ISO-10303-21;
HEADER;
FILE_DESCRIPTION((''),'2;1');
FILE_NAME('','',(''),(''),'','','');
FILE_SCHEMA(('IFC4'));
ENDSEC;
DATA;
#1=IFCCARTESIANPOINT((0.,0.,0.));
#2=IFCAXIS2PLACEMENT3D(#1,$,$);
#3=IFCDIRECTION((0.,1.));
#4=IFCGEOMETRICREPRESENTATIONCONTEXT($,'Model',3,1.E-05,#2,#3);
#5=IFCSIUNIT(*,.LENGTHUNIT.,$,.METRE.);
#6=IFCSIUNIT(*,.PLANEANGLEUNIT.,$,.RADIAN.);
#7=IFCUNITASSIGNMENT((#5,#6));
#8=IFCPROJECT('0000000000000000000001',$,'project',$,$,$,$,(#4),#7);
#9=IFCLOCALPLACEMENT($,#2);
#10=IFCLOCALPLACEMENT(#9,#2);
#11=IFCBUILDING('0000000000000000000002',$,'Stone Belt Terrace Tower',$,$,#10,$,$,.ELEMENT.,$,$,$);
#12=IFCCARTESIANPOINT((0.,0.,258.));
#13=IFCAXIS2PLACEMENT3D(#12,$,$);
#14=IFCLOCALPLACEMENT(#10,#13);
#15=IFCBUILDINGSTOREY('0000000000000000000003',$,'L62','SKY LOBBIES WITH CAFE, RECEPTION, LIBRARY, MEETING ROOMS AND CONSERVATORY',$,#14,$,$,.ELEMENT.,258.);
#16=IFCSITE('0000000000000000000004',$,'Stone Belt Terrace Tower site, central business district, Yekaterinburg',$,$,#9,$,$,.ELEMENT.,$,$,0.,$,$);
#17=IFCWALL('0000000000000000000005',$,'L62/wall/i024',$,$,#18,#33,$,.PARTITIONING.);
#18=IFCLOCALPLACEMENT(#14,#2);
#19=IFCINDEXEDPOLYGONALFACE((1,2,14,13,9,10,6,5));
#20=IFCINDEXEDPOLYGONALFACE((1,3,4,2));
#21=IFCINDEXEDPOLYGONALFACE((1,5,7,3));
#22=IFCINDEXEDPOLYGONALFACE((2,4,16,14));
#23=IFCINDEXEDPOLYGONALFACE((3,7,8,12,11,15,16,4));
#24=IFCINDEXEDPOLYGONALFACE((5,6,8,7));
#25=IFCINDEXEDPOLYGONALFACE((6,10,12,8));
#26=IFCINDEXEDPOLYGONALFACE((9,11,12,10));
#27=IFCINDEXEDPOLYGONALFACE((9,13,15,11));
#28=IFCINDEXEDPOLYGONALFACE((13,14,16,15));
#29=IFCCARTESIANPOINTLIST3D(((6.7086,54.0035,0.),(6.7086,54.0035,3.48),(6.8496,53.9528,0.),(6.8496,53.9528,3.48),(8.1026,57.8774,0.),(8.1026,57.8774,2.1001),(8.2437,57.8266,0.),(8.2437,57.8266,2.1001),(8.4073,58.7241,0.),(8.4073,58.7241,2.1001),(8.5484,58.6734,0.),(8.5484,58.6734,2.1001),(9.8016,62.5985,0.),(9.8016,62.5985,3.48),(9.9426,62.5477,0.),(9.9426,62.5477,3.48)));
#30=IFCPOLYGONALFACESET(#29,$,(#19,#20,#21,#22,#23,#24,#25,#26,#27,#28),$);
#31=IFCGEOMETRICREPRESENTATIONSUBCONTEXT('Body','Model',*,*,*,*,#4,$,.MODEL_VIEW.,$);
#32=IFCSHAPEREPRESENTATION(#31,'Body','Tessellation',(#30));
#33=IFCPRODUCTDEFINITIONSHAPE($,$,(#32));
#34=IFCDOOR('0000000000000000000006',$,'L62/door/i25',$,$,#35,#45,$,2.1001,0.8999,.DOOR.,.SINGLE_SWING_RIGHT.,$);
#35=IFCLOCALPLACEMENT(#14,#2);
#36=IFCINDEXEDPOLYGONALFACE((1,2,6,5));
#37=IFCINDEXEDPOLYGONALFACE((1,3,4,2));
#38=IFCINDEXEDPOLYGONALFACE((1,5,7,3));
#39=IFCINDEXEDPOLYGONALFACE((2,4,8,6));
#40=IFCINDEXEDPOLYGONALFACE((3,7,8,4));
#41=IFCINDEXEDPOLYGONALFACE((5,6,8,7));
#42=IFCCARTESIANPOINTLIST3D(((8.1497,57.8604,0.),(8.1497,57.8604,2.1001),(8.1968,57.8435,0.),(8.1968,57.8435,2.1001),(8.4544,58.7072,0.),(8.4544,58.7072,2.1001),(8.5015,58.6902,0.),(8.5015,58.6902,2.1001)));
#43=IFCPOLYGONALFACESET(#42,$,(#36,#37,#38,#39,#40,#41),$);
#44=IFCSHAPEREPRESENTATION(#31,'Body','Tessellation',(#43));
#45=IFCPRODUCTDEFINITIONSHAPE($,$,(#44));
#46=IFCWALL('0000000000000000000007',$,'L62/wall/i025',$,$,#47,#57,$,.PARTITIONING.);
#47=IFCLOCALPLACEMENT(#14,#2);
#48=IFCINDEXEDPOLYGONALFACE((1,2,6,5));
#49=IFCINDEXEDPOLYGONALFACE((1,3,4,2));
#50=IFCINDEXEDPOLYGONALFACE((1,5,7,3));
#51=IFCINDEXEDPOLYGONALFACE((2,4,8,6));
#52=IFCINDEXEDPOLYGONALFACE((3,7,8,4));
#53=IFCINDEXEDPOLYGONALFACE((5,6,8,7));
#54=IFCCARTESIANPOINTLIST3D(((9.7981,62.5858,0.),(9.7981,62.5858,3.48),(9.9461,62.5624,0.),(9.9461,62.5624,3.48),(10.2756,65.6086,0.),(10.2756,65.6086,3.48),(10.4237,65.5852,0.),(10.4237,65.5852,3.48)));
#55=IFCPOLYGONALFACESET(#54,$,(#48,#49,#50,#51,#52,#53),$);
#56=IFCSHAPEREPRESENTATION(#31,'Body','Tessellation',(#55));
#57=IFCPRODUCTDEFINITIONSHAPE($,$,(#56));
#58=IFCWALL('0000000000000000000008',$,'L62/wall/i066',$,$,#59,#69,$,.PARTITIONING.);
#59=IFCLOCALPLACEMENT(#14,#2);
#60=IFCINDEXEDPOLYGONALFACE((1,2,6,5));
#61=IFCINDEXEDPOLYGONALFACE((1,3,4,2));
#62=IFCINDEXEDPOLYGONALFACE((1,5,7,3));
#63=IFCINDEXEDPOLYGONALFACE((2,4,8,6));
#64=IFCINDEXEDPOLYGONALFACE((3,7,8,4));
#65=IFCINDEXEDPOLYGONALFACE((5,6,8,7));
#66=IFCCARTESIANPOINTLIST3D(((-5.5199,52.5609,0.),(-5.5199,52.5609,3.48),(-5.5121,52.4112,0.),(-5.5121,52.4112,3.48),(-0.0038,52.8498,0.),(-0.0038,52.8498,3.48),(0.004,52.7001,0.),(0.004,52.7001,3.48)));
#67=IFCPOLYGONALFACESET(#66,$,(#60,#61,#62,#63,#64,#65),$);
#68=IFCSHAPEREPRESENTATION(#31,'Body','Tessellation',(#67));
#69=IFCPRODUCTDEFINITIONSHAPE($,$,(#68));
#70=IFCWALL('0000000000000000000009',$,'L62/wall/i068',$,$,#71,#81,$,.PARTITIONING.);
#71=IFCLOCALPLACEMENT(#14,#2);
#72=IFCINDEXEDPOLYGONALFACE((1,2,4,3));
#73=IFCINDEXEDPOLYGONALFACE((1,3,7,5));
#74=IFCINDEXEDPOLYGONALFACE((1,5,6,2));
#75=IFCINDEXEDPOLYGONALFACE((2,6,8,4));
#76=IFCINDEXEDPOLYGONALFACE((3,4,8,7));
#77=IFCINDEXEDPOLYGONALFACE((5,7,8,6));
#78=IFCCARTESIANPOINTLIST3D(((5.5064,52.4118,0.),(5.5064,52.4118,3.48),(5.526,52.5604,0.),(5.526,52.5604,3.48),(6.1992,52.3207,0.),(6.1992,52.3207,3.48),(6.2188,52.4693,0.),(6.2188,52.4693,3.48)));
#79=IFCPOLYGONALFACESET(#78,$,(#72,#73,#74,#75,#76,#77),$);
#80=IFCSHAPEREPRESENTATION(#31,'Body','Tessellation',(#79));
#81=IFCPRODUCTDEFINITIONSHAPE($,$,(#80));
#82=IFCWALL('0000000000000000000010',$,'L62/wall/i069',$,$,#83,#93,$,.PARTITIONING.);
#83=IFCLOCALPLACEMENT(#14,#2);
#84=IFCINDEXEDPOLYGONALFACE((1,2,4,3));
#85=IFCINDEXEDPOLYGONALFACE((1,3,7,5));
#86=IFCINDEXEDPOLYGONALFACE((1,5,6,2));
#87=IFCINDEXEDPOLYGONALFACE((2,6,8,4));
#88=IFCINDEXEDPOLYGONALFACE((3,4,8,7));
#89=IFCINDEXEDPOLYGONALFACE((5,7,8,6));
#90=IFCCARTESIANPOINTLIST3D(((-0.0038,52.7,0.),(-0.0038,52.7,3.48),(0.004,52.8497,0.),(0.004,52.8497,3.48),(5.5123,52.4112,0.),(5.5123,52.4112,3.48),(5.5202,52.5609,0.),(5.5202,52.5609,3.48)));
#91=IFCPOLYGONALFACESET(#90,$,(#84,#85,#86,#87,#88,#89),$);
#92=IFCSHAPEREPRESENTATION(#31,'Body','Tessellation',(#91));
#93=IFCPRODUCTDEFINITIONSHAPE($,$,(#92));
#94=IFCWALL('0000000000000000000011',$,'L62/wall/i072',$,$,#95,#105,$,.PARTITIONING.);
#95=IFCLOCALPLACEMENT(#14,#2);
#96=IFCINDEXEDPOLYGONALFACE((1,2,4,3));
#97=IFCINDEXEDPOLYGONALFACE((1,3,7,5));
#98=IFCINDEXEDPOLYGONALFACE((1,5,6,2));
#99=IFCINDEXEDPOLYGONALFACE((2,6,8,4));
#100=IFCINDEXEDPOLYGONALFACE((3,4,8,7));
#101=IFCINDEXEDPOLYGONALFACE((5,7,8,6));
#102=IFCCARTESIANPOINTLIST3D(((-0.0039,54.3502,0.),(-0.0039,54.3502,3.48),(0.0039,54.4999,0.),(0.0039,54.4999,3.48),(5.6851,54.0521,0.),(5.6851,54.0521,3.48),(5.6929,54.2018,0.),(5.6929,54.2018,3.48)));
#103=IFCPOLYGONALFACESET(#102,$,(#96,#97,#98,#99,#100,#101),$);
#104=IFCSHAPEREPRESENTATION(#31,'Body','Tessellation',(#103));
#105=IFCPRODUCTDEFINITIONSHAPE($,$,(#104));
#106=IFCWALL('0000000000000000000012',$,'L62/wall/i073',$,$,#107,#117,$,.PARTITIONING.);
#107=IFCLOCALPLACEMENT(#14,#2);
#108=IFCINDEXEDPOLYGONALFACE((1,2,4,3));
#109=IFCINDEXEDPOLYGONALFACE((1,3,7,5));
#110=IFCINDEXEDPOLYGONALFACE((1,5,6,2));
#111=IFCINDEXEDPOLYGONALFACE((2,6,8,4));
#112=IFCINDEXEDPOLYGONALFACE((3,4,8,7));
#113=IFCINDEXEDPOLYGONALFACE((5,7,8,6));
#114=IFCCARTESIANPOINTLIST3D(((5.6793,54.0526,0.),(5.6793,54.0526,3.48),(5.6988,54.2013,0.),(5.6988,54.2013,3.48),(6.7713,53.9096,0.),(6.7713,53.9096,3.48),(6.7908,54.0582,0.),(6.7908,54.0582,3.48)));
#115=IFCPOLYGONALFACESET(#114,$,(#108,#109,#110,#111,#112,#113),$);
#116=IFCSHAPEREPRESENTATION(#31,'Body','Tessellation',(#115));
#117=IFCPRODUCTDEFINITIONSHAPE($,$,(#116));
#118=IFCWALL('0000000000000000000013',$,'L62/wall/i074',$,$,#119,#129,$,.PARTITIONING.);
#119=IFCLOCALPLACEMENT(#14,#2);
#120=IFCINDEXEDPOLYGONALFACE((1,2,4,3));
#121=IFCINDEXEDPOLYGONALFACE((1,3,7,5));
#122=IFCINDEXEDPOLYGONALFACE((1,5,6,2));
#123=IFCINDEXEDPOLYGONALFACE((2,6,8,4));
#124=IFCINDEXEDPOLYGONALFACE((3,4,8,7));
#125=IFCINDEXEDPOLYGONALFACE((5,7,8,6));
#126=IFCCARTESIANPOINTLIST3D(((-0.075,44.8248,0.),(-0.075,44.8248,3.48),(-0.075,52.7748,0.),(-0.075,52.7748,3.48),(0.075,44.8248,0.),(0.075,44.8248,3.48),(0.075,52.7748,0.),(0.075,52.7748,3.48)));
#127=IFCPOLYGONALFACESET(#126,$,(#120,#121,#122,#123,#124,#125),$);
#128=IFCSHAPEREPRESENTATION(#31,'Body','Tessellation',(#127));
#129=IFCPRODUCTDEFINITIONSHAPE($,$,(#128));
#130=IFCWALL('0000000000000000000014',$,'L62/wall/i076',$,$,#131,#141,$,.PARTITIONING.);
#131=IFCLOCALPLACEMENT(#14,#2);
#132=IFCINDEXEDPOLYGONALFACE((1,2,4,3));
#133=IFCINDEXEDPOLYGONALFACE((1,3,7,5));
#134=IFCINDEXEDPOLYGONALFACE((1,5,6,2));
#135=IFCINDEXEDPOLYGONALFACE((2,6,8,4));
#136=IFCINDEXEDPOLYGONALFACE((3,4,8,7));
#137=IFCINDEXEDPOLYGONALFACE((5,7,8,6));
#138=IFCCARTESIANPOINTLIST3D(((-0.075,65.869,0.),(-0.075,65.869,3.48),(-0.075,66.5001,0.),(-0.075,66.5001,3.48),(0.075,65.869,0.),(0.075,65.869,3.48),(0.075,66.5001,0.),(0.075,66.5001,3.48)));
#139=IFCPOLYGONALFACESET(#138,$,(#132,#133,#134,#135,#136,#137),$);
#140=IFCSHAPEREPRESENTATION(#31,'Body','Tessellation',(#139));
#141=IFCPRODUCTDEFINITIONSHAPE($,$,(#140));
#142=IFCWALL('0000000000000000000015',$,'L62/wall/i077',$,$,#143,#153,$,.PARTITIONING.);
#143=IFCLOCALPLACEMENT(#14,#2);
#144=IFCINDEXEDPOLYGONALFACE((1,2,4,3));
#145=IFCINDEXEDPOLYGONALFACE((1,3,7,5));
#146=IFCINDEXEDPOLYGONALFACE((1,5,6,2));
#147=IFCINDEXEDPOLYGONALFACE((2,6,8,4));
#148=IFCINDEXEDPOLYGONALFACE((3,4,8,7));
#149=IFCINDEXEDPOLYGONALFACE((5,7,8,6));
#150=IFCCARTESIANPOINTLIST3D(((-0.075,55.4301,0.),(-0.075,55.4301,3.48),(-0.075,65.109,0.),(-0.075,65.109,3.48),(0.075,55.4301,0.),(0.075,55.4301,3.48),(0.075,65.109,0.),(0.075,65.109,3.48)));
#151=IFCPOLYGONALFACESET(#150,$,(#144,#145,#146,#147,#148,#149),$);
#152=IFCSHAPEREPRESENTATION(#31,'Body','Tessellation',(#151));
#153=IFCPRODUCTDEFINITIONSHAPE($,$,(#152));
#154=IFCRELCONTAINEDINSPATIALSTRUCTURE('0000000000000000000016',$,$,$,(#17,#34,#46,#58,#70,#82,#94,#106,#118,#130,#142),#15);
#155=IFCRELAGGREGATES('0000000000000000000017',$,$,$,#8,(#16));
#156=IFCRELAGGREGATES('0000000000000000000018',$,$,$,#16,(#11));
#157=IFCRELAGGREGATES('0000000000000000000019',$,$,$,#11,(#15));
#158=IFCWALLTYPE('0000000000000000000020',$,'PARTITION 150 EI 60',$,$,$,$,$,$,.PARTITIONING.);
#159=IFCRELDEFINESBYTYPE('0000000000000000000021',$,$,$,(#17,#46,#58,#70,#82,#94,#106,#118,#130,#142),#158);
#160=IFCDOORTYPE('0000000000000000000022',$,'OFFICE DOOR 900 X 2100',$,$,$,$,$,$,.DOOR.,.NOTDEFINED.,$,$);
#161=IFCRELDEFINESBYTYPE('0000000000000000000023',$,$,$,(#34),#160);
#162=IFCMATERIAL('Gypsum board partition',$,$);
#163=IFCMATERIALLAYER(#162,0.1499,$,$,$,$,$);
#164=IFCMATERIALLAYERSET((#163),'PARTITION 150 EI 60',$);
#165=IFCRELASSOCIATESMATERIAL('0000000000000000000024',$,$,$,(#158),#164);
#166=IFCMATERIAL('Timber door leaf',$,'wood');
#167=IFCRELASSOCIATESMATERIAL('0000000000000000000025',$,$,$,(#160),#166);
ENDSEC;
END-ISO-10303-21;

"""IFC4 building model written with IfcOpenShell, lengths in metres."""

from ifc_helpers import new_model, si_unit, direction, frame, frame_2d, origin, place, context, subcontext, project, spatial, rectangle, extrude, material, layer, layer_set, type_object, element, fill, save


model = new_model("IFC4")

# Units and contexts
model_context = context("Model", 3, precision=1e-05, world=origin(), true_north=direction((0.0, 1.0)))
body_context = subcontext(model_context, "Body", "Model", "MODEL_VIEW")
ifc_project = project(units=[si_unit("LENGTHUNIT", "METRE"), si_unit("PLANEANGLEUNIT", "RADIAN")], contexts=[model_context])

# Site, building, storey
site_placement = place(None, origin())
site = spatial("IfcSite", under=ifc_project, at=site_placement, Name="Stone Belt Terrace Tower site, central business district, Yekaterinburg", CompositionType="ELEMENT", RefElevation=0.0)
building_placement = place(site_placement, origin())
building = spatial("IfcBuilding", under=site, at=building_placement, Name="Stone Belt Terrace Tower", CompositionType="ELEMENT")
storey_placement = place(building_placement, frame((0.0, 0.0, 258.0)))
storey = spatial("IfcBuildingStorey", under=building, at=storey_placement, Name="L62", Description="SKY LOBBIES WITH CAFE, RECEPTION, LIBRARY, MEETING ROOMS AND CONSERVATORY", CompositionType="ELEMENT", Elevation=258.0)

# Wall, opening, door
ifc_material_1 = material(Name="Gypsum board partition")
ifc_layer_1 = layer(ifc_material_1, 0.1499)
ifc_layer_set_1 = layer_set([ifc_layer_1], Name="PARTITION 150 EI 60")
wall_type = type_object("IfcWallType", Name="PARTITION 150 EI 60", PredefinedType="PARTITIONING", material=ifc_layer_set_1)
wall_1_placement = place(storey_placement, frame((6.7791, 53.978, 0.0), z_axis=(0.0, 0.0, 1.0), x_axis=(0.338606, 0.940928, 0.0)))
wall_1 = element("IfcWall", 1, at=wall_1_placement, inside=storey, type_object=wall_type, Name="L62/wall/i024", PredefinedType="PARTITIONING", context=body_context, shape_type="SweptSolid", body=[
    extrude(rectangle(XDim=9.1345, YDim=0.1499, at=frame_2d((4.5674, 0.0))), origin(), (0.0, 0.0, 1.0), 3.48),
])
opening_placement = place(wall_1_placement, frame((4.1172, 0.0, 0.0)))
opening = element("IfcOpeningElement", 2, at=opening_placement, cuts=wall_1, PredefinedType="OPENING", context=body_context, shape_type="SweptSolid", body=[
    extrude(rectangle(XDim=0.8999, YDim=2.1001, at=frame_2d((0.45, 1.05))), frame((0.0, 0.085, 0.0), z_axis=(0.0, -1.0, 0.0), x_axis=(1.0, 0.0, 0.0)), (0.0, 0.0, 1.0), 0.1699),
])
ifc_material_2 = material(Name="Timber door leaf", Category="wood")
door_type = type_object("IfcDoorType", Name="OFFICE DOOR 900 X 2100", OperationType="NOTDEFINED", PredefinedType="DOOR", material=ifc_material_2)
door_placement = place(opening_placement, origin())
door = element("IfcDoor", 3, at=door_placement, inside=storey, type_object=door_type, Name="L62/door/i25", OperationType="SINGLE_SWING_RIGHT", OverallHeight=2.1001, OverallWidth=0.8999, PredefinedType="DOOR", context=body_context, shape_type="SweptSolid", body=[
    extrude(rectangle(XDim=0.8999, YDim=2.1001, at=frame_2d((0.45, 1.05))), frame((0.0, 0.0249, 0.0), z_axis=(0.0, -1.0, 0.0), x_axis=(1.0, 0.0, 0.0)), (0.0, 0.0, 1.0), 0.05),
])
fill(opening, door)

# Walls
wall_2_placement = place(storey_placement, frame((9.8721, 62.574, 0.0), z_axis=(0.0, 0.0, 1.0), x_axis=(0.156049, 0.987749, 0.0)))
element("IfcWall", 4, at=wall_2_placement, inside=storey, type_object=wall_type, Name="L62/wall/i025", PredefinedType="PARTITIONING", context=body_context, shape_type="SweptSolid", body=[
    extrude(rectangle(XDim=3.0603, YDim=0.1499, at=frame_2d((1.5303, 0.0))), origin(), (0.0, 0.0, 1.0), 3.48),
])
wall_3_placement = place(storey_placement, frame((0.0, 52.7749, 0.0), z_axis=(0.0, 0.0, 1.0), x_axis=(-0.998632, -0.052287, 0.0)))
element("IfcWall", 5, at=wall_3_placement, inside=storey, type_object=wall_type, Name="L62/wall/i066", PredefinedType="PARTITIONING", context=body_context, shape_type="SweptSolid", body=[
    extrude(rectangle(XDim=5.5237, YDim=0.1499, at=frame_2d((2.7617, 0.0))), origin(), (0.0, 0.0, 1.0), 3.48),
])
wall_4_placement = place(storey_placement, frame((6.209, 52.395, 0.0), z_axis=(0.0, 0.0, 1.0), x_axis=(-0.991473, 0.13031, 0.0)))
element("IfcWall", 6, at=wall_4_placement, inside=storey, type_object=wall_type, Name="L62/wall/i068", PredefinedType="PARTITIONING", context=body_context, shape_type="SweptSolid", body=[
    extrude(rectangle(XDim=0.6987, YDim=0.1499, at=frame_2d((0.3494, 0.0))), origin(), (0.0, 0.0, 1.0), 3.48),
])
wall_5_placement = place(storey_placement, frame((5.5161, 52.4861, 0.0), z_axis=(0.0, 0.0, 1.0), x_axis=(-0.998632, 0.052287, 0.0)))
element("IfcWall", 7, at=wall_5_placement, inside=storey, type_object=wall_type, Name="L62/wall/i069", PredefinedType="PARTITIONING", context=body_context, shape_type="SweptSolid", body=[
    extrude(rectangle(XDim=5.5237, YDim=0.1499, at=frame_2d((2.7617, 0.0))), origin(), (0.0, 0.0, 1.0), 3.48),
])
wall_6_placement = place(storey_placement, frame((0.0, 54.425, 0.0), z_axis=(0.0, 0.0, 1.0), x_axis=(0.99863, -0.052327, 0.0)))
element("IfcWall", 8, at=wall_6_placement, inside=storey, type_object=wall_type, Name="L62/wall/i072", PredefinedType="PARTITIONING", context=body_context, shape_type="SweptSolid", body=[
    extrude(rectangle(XDim=5.6968, YDim=0.1499, at=frame_2d((2.8484, 0.0))), origin(), (0.0, 0.0, 1.0), 3.48),
])
wall_7_placement = place(storey_placement, frame((5.689, 54.127, 0.0), z_axis=(0.0, 0.0, 1.0), x_axis=(0.991527, -0.129898, 0.0)))
element("IfcWall", 9, at=wall_7_placement, inside=storey, type_object=wall_type, Name="L62/wall/i073", PredefinedType="PARTITIONING", context=body_context, shape_type="SweptSolid", body=[
    extrude(rectangle(XDim=1.1013, YDim=0.1499, at=frame_2d((0.5508, 0.0))), origin(), (0.0, 0.0, 1.0), 3.48),
])
wall_8_placement = place(storey_placement, frame((0.0, 52.7749, 0.0), z_axis=(0.0, 0.0, 1.0), x_axis=(0.0, -1.0, 0.0)))
element("IfcWall", 10, at=wall_8_placement, inside=storey, type_object=wall_type, Name="L62/wall/i074", PredefinedType="PARTITIONING", context=body_context, shape_type="SweptSolid", body=[
    extrude(rectangle(XDim=7.95, YDim=0.1499, at=frame_2d((3.9751, 0.0))), origin(), (0.0, 0.0, 1.0), 3.48),
])
wall_9_placement = place(storey_placement, frame((0.0, 66.5, 0.0), z_axis=(0.0, 0.0, 1.0), x_axis=(0.0, -1.0, 0.0)))
element("IfcWall", 11, at=wall_9_placement, inside=storey, type_object=wall_type, Name="L62/wall/i076", PredefinedType="PARTITIONING", context=body_context, shape_type="SweptSolid", body=[
    extrude(rectangle(XDim=0.6311, YDim=0.1499, at=frame_2d((0.3154, 0.0))), origin(), (0.0, 0.0, 1.0), 3.48),
])
wall_10_placement = place(storey_placement, frame((0.0, 65.1089, 0.0), z_axis=(0.0, 0.0, 1.0), x_axis=(0.0, -1.0, 0.0)))
element("IfcWall", 12, at=wall_10_placement, inside=storey, type_object=wall_type, Name="L62/wall/i077", PredefinedType="PARTITIONING", context=body_context, shape_type="SweptSolid", body=[
    extrude(rectangle(XDim=9.679, YDim=0.1499, at=frame_2d((4.8394, 0.0))), origin(), (0.0, 0.0, 1.0), 3.48),
])

save(model, "model.ifc")
